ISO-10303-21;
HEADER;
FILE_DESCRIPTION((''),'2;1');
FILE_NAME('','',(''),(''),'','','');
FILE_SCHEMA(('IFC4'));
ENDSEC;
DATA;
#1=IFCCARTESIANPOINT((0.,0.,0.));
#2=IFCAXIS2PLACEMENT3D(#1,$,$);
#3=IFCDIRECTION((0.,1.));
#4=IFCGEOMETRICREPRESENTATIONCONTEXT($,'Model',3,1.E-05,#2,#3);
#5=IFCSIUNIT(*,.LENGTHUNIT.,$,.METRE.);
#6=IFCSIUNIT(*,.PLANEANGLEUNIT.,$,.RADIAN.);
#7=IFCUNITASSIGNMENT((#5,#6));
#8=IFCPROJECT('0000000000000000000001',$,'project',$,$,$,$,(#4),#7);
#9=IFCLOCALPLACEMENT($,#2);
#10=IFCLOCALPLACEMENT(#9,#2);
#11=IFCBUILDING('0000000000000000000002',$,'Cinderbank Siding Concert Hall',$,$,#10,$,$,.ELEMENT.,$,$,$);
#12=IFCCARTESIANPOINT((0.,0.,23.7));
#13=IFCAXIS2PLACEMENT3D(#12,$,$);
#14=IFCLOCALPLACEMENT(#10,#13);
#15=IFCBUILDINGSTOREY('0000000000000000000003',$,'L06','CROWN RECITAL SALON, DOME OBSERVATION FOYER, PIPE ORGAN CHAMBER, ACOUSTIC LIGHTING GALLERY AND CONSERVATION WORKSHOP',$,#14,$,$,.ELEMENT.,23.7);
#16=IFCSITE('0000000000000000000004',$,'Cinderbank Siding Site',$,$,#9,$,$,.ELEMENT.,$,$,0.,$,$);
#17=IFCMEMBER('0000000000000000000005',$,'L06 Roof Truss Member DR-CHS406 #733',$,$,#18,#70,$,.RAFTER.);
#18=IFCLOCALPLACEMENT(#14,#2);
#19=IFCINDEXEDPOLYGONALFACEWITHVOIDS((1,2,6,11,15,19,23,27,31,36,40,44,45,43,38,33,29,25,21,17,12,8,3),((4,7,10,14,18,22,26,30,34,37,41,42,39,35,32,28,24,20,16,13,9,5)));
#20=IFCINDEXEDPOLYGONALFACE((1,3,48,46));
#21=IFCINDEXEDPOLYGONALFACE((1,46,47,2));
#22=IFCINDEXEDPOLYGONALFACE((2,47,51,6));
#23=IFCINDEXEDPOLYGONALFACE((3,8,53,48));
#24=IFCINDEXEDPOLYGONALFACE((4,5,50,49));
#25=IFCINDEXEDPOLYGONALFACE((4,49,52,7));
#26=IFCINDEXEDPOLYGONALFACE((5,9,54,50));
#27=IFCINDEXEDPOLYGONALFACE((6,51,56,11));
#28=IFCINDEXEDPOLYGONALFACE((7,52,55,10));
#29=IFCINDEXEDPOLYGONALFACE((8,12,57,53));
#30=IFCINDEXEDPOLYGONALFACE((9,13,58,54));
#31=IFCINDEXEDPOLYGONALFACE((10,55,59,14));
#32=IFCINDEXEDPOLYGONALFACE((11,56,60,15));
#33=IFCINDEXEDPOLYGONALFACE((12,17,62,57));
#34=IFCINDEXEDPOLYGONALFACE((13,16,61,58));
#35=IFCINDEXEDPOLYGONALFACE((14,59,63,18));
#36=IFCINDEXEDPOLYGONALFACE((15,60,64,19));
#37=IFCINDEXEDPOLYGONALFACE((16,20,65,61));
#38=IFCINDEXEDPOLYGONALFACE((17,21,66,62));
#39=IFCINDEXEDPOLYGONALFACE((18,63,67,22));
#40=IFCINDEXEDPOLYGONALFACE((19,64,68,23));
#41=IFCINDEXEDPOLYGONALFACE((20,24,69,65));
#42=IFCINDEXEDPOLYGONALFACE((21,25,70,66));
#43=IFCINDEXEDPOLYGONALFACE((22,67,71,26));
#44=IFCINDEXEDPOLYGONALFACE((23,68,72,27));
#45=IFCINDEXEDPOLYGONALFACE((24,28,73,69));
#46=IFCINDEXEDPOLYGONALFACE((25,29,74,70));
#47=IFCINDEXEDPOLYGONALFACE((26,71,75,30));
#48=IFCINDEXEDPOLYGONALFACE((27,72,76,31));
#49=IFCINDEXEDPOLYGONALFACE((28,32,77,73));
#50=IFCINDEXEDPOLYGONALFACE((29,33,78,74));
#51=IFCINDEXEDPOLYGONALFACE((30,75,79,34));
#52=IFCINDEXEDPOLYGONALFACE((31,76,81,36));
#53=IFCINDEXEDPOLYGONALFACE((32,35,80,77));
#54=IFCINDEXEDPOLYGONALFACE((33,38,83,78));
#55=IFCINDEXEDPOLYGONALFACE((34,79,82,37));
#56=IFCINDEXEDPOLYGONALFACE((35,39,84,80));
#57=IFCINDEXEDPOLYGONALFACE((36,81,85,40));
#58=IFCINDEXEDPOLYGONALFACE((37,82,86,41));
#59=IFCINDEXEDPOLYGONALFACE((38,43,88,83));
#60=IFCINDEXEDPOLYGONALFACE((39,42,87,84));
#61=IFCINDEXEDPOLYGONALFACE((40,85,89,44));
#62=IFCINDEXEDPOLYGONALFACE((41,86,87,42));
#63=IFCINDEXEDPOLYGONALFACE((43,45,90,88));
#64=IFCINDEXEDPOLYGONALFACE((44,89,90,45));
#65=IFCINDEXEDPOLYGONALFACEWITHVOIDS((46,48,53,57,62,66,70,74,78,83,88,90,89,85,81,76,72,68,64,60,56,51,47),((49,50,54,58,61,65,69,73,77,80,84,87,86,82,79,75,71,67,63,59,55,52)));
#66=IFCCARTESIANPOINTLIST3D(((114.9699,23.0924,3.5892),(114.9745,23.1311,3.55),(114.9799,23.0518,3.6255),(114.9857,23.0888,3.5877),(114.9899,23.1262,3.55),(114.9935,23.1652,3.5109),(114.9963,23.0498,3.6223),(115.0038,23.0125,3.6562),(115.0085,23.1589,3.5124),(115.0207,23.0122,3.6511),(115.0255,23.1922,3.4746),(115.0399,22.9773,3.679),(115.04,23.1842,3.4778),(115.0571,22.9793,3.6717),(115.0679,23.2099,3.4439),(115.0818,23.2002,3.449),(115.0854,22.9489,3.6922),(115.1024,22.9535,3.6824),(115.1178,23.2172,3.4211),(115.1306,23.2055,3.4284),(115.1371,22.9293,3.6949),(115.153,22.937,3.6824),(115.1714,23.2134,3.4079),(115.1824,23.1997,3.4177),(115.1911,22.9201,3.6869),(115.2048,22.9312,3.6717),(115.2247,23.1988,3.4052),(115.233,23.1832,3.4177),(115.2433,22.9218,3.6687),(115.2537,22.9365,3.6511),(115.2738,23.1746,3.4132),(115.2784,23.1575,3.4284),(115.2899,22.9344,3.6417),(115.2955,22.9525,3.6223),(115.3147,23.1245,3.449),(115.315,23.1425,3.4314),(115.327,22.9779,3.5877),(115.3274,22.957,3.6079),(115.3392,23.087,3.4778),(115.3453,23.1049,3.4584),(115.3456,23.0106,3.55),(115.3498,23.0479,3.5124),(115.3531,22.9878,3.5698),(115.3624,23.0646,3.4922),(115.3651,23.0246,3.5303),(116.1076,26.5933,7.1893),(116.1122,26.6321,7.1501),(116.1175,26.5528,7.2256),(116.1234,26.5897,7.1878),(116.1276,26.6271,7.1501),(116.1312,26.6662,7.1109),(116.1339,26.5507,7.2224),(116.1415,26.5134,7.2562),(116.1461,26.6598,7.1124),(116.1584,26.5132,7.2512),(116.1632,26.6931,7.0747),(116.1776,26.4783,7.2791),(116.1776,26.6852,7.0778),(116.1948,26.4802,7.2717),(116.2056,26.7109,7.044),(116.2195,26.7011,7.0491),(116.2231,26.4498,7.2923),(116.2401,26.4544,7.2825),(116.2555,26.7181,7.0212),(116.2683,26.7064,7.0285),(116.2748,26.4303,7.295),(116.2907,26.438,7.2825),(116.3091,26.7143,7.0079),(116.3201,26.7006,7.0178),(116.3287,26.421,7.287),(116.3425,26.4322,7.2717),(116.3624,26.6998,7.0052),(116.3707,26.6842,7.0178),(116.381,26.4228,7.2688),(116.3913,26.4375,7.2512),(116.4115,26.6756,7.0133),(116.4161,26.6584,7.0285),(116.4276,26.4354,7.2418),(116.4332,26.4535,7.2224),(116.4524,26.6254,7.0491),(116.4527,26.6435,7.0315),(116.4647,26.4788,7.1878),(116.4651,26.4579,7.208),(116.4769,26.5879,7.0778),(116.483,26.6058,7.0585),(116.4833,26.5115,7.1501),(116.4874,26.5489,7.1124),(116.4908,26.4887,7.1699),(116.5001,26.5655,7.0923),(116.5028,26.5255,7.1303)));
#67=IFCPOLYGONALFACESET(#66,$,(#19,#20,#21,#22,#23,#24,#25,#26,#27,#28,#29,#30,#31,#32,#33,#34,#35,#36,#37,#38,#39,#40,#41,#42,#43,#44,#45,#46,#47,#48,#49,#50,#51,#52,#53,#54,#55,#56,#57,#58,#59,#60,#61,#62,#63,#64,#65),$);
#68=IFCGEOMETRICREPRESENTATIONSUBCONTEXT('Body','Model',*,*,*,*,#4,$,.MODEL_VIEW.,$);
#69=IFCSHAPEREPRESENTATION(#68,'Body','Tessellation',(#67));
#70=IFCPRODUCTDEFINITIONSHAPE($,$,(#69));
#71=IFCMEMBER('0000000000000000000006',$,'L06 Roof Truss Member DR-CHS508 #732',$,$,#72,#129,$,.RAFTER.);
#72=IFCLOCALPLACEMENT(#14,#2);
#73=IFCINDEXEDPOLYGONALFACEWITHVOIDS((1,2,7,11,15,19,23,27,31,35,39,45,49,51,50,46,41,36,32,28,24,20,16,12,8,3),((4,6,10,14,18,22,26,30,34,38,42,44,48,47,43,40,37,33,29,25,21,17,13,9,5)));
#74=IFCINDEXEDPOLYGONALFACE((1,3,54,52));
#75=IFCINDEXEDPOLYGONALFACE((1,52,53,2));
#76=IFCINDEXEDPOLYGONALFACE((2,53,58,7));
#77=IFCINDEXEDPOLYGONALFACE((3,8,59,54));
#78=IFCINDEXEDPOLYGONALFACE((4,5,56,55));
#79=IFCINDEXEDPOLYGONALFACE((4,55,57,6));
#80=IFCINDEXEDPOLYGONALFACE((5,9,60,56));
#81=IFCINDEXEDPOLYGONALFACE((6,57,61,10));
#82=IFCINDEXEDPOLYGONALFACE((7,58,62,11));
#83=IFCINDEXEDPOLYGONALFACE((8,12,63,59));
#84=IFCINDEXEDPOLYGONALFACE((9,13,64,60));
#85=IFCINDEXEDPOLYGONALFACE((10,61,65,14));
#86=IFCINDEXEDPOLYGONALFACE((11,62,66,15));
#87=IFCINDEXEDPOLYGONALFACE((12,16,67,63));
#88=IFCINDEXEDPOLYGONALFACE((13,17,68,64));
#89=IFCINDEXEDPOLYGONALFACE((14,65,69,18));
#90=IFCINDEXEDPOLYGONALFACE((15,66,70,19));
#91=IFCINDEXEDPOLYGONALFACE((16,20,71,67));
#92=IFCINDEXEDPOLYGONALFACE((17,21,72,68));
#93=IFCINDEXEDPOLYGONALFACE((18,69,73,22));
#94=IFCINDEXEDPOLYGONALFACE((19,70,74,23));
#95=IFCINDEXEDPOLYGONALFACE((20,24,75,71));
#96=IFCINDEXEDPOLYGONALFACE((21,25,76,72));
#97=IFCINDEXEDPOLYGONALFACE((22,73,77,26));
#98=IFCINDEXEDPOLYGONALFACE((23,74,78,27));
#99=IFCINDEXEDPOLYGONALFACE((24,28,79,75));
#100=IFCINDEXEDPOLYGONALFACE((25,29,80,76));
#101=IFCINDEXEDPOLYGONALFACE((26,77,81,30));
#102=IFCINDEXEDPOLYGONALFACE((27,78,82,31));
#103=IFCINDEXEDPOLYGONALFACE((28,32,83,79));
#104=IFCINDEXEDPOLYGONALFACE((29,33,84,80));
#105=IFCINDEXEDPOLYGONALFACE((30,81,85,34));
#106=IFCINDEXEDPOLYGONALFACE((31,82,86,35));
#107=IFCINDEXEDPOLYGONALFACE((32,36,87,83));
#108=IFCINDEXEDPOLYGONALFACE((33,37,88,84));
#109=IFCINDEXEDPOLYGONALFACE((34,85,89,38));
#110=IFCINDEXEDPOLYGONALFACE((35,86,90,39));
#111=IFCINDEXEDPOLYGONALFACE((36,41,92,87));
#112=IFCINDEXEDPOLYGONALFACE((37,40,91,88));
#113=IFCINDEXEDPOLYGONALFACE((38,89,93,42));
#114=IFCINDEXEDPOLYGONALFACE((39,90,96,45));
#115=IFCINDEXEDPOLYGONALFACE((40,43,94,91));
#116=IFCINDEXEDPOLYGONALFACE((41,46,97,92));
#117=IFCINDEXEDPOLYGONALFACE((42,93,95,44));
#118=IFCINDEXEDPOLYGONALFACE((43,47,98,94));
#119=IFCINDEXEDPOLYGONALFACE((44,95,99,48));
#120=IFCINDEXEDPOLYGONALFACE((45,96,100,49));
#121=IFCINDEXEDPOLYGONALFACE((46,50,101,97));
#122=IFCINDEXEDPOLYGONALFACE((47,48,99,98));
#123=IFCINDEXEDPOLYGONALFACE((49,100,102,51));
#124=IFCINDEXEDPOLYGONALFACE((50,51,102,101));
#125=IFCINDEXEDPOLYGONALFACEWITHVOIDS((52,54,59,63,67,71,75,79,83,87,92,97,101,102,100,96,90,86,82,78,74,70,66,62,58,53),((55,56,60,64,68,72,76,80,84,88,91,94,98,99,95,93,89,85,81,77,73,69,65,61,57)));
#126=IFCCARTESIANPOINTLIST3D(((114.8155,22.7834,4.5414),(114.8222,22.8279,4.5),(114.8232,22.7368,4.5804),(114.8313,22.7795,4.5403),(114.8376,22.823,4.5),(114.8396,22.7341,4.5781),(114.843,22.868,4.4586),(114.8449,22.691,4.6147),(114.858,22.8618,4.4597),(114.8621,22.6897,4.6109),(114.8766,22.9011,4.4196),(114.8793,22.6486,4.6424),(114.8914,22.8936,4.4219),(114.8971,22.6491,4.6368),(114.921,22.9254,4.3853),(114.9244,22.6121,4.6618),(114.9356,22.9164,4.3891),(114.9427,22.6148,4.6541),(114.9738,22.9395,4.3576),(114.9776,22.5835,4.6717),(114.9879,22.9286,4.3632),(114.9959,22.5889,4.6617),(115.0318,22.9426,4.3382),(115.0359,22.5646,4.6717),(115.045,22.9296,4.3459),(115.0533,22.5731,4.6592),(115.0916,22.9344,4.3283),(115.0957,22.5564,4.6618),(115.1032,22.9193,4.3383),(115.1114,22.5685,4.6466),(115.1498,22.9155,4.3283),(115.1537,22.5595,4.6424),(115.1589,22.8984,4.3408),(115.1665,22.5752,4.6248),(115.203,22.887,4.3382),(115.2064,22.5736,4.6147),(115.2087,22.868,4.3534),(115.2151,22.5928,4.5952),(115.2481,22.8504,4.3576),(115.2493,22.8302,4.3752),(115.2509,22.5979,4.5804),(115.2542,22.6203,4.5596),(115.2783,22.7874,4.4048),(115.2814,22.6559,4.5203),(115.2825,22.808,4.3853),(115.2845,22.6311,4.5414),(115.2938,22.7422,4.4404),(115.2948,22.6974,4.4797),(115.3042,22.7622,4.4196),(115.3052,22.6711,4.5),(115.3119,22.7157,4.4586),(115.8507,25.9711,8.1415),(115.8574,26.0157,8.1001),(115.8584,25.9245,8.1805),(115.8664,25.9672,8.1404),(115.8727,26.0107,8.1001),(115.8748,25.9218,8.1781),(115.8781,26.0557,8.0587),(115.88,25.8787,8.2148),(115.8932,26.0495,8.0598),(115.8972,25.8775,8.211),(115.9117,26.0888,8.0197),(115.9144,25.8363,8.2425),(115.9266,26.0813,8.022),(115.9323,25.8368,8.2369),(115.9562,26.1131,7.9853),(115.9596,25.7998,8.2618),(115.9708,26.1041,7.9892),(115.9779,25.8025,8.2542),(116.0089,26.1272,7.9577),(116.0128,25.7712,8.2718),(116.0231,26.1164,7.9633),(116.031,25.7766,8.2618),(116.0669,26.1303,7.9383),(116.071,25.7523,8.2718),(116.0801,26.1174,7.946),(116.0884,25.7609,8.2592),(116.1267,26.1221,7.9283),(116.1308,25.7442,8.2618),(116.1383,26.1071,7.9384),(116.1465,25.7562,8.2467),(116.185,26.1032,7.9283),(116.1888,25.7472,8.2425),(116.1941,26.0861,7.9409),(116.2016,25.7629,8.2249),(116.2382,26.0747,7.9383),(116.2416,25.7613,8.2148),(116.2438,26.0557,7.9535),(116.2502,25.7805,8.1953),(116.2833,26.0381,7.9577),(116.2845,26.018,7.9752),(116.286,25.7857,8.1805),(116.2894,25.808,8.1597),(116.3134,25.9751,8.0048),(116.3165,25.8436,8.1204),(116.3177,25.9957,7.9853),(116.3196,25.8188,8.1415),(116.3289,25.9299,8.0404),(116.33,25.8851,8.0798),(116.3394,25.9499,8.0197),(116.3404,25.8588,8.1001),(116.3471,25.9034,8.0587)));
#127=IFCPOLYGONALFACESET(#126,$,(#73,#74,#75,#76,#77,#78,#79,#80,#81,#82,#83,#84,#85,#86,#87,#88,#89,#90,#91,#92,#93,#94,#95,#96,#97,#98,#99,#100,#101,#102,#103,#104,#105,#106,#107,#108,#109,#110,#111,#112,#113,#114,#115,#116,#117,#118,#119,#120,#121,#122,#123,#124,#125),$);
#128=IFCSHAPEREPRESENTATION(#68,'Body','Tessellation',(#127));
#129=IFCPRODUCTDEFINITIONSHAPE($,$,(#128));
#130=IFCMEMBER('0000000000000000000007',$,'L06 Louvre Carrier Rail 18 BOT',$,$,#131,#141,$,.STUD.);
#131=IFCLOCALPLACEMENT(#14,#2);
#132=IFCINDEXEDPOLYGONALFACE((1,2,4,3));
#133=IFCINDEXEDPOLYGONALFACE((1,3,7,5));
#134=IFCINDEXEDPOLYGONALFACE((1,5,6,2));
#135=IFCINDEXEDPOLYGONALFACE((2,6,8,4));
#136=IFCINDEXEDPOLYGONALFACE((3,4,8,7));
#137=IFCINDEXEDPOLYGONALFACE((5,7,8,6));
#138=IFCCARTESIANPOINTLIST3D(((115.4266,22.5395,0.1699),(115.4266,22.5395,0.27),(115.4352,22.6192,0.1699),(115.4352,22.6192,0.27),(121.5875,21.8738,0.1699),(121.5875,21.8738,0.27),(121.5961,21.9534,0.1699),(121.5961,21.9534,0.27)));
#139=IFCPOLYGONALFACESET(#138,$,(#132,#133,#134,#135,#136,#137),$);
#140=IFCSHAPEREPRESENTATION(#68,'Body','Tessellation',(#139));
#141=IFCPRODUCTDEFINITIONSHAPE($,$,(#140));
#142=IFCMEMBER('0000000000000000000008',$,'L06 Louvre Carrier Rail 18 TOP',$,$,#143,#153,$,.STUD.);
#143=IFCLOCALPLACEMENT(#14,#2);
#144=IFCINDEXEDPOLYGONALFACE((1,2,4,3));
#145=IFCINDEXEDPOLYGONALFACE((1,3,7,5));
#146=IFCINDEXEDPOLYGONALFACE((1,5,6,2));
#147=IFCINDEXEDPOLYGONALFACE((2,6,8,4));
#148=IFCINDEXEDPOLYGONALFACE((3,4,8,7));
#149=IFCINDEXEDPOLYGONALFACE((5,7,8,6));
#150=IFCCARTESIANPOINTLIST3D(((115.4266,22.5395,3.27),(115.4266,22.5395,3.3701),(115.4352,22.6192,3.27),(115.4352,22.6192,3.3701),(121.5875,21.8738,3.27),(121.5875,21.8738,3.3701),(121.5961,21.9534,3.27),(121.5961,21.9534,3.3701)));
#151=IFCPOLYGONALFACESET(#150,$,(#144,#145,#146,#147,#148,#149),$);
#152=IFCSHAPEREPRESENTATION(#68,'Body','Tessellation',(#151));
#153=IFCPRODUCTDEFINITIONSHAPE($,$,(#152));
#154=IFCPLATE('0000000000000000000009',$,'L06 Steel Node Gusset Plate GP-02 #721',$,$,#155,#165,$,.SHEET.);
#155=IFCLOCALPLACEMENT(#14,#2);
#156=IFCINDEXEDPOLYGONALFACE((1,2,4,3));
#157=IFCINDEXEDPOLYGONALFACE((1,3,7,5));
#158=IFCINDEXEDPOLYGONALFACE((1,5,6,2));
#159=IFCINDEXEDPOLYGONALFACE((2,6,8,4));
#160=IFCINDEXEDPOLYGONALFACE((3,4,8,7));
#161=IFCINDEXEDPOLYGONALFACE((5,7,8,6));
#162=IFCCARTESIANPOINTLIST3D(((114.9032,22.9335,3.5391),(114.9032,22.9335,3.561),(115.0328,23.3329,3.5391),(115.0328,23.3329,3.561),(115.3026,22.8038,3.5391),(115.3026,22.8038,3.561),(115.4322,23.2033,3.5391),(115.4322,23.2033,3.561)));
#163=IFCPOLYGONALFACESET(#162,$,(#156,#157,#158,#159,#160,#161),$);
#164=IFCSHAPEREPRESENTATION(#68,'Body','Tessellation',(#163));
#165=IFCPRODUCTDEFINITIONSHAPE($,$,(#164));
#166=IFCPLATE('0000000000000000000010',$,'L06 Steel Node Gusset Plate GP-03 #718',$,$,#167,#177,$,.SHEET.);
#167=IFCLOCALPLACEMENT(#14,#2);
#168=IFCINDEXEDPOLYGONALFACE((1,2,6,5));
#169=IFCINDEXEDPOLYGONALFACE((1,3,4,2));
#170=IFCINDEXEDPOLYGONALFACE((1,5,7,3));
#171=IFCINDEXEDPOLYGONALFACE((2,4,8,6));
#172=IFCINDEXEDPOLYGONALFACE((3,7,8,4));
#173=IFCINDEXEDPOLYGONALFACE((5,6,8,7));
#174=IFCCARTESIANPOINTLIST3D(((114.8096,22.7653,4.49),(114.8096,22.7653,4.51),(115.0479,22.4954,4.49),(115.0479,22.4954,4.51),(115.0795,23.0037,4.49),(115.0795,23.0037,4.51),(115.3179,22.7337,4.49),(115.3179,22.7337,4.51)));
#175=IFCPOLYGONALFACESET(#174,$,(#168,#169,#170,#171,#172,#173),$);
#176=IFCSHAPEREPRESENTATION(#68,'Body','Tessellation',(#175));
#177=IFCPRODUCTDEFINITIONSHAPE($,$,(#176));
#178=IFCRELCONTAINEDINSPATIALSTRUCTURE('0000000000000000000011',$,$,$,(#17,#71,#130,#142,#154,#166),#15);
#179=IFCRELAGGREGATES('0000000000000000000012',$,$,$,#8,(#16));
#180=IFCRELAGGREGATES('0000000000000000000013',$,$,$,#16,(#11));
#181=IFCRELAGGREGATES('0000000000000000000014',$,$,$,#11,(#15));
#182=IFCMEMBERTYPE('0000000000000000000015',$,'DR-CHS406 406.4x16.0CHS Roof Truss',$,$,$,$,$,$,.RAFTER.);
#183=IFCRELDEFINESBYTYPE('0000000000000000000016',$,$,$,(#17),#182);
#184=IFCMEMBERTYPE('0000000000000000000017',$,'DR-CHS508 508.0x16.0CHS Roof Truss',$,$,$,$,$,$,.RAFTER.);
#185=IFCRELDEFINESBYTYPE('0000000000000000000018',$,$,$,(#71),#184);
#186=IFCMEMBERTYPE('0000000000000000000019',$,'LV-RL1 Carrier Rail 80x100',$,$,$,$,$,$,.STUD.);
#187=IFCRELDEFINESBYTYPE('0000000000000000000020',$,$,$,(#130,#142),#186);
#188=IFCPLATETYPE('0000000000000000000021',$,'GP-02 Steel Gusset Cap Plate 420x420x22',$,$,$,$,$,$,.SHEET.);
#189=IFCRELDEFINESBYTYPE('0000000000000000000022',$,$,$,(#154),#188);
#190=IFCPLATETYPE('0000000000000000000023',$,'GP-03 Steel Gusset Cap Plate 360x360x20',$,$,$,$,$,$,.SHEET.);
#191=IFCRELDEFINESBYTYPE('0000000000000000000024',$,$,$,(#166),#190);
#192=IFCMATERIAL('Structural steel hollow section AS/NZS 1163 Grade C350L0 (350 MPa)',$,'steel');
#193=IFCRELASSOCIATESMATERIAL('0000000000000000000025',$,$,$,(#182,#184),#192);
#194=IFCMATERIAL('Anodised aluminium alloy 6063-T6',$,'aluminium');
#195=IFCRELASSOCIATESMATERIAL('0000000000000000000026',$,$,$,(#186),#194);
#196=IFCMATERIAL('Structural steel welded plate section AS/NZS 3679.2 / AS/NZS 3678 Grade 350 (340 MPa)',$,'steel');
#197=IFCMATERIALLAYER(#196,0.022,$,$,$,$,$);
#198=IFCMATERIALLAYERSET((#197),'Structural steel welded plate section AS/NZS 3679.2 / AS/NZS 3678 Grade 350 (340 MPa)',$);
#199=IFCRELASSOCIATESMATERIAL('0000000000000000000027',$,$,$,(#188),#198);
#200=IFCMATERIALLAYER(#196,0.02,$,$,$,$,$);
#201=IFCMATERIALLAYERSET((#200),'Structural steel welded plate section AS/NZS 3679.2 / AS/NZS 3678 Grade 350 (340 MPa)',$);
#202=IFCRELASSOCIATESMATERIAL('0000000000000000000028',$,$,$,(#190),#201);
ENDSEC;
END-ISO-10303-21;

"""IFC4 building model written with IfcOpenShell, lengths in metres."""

from ifc_helpers import new_model, si_unit, direction, frame, origin, origin_2d, place, context, subcontext, project, spatial, rectangle, hollow_circle, extrude, material, layer, layer_set, material_profile, profile_set, type_object, element, save


model = new_model("IFC4")

# Units and contexts
model_context = context("Model", 3, precision=1e-05, world=origin(), true_north=direction((0.0, 1.0)))
body_context = subcontext(model_context, "Body", "Model", "MODEL_VIEW")
ifc_project = project(units=[si_unit("LENGTHUNIT", "METRE"), si_unit("PLANEANGLEUNIT", "RADIAN")], contexts=[model_context])

# Site, building, storey
site_placement = place(None, origin())
site = spatial("IfcSite", under=ifc_project, at=site_placement, Name="Cinderbank Siding Site", CompositionType="ELEMENT", RefElevation=0.0)
building_placement = place(site_placement, origin())
building = spatial("IfcBuilding", under=site, at=building_placement, Name="Cinderbank Siding Concert Hall", CompositionType="ELEMENT")
storey_placement = place(building_placement, frame((0.0, 0.0, 23.7)))
storey = spatial("IfcBuildingStorey", under=building, at=storey_placement, Name="L06", Description="CROWN RECITAL SALON, DOME OBSERVATION FOYER, PIPE ORGAN CHAMBER, ACOUSTIC LIGHTING GALLERY AND CONSERVATION WORKSHOP", CompositionType="ELEMENT", Elevation=23.7)

# Shared definitions
ifc_material_1 = material(Name="Structural steel welded plate section AS/NZS 3679.2 / AS/NZS 3678 Grade 350 (340 MPa)", Category="steel")

# Members
ifc_material_2 = material(Name="Structural steel hollow section AS/NZS 1163 Grade C350L0 (350 MPa)", Category="steel")
ifc_material_profile_1 = material_profile(ifc_material_2, hollow_circle(Radius=0.2031, WallThickness=0.0161, at=origin_2d()), Name="406.4x16.0CHS", Category="LoadBearing")
ifc_profile_set_1 = profile_set([ifc_material_profile_1], Name="Structural steel hollow section AS/NZS 1163 Grade C350L0 (350 MPa)")
member_type_1 = type_object("IfcMemberType", Name="DR-CHS406 406.4x16.0CHS Roof Truss", PredefinedType="RAFTER", material=ifc_profile_set_1)
member_1_placement = place(storey_placement, frame((115.1677, 23.0684, 3.55), z_axis=(0.220956, 0.679937, 0.699188), x_axis=(-0.951044, 0.309056, 0.0)))
element("IfcMember", 1, at=member_1_placement, inside=storey, type_object=member_type_1, Name="L06 Roof Truss Member DR-CHS406 #733", PredefinedType="RAFTER", context=body_context, shape_type="SweptSolid", body=[
    extrude(hollow_circle(Radius=0.2031, WallThickness=0.0161, at=origin_2d()), origin(), (0.0, 0.0, 1.0), 5.1489),
])
ifc_material_profile_2 = material_profile(ifc_material_2, hollow_circle(Radius=0.2539, WallThickness=0.0161, at=origin_2d()), Name="508.0x16.0CHS", Category="LoadBearing")
ifc_profile_set_2 = profile_set([ifc_material_profile_2], Name="Structural steel hollow section AS/NZS 1163 Grade C350L0 (350 MPa)")
member_type_2 = type_object("IfcMemberType", Name="DR-CHS508 508.0x16.0CHS Roof Truss", PredefinedType="RAFTER", material=ifc_profile_set_2)
member_2_placement = place(storey_placement, frame((115.0637, 22.7495, 4.5), z_axis=(0.210452, 0.648082, 0.731915), x_axis=(-0.95111, 0.308854, 0.0)))
element("IfcMember", 2, at=member_2_placement, inside=storey, type_object=member_type_2, Name="L06 Roof Truss Member DR-CHS508 #732", PredefinedType="RAFTER", context=body_context, shape_type="SweptSolid", body=[
    extrude(hollow_circle(Radius=0.2539, WallThickness=0.0161, at=origin_2d()), origin(), (0.0, 0.0, 1.0), 4.9187),
])
ifc_material_3 = material(Name="Anodised aluminium alloy 6063-T6", Category="aluminium")
ifc_material_profile_3 = material_profile(ifc_material_3, rectangle(XDim=0.0801, YDim=0.1001, at=origin_2d()), Name="ALU-RAIL-80x100", Category="LoadBearing")
ifc_profile_set_3 = profile_set([ifc_material_profile_3], Name="Anodised aluminium alloy 6063-T6")
member_type_3 = type_object("IfcMemberType", Name="LV-RL1 Carrier Rail 80x100", PredefinedType="STUD", material=ifc_profile_set_3)
for number, where, z_axis, x_axis, name in (
    (3, (115.4309, 22.5793, 0.22), (0.994212, -0.107439, 0.0), (0.107439, 0.994212, 0.0), "L06 Louvre Carrier Rail 18 BOT"),
    (4, (115.4309, 22.5793, 3.3201), (0.994212, -0.107439, 0.0), (0.107439, 0.994212, 0.0), "L06 Louvre Carrier Rail 18 TOP"),
):
    element("IfcMember", number, at=place(storey_placement, frame(where, z_axis=z_axis, x_axis=x_axis)), inside=storey, type_object=member_type_3, Name=name, PredefinedType="STUD", context=body_context, shape_type="SweptSolid", body=[
        extrude(rectangle(XDim=0.0801, YDim=0.1001, at=origin_2d()), origin(), (0.0, 0.0, 1.0), 6.1968),
    ])

# Plates
ifc_layer_1 = layer(ifc_material_1, 0.022)
ifc_layer_set_1 = layer_set([ifc_layer_1], Name="Structural steel welded plate section AS/NZS 3679.2 / AS/NZS 3678 Grade 350 (340 MPa)")
plate_type_1 = type_object("IfcPlateType", Name="GP-02 Steel Gusset Cap Plate 420x420x22", PredefinedType="SHEET", material=ifc_layer_set_1)
plate_1_placement = place(storey_placement, frame((115.1677, 23.0684, 3.5391), z_axis=(0.0, 0.0, 1.0), x_axis=(0.308685, 0.951164, 0.0)))
element("IfcPlate", 5, at=plate_1_placement, inside=storey, type_object=plate_type_1, Name="L06 Steel Node Gusset Plate GP-02 #721", PredefinedType="SHEET", context=body_context, shape_type="SweptSolid", body=[
    extrude(rectangle(XDim=0.4199, YDim=0.4199, at=origin_2d()), origin(), (0.0, 0.0, 1.0), 0.022),
])
ifc_layer_2 = layer(ifc_material_1, 0.02)
ifc_layer_set_2 = layer_set([ifc_layer_2], Name="Structural steel welded plate section AS/NZS 3679.2 / AS/NZS 3678 Grade 350 (340 MPa)")
plate_type_2 = type_object("IfcPlateType", Name="GP-03 Steel Gusset Cap Plate 360x360x20", PredefinedType="SHEET", material=ifc_layer_set_2)
plate_2_placement = place(storey_placement, frame((115.0637, 22.7495, 4.49), z_axis=(0.0, 0.0, 1.0), x_axis=(-0.661835, 0.749649, 0.0)))
element("IfcPlate", 6, at=plate_2_placement, inside=storey, type_object=plate_type_2, Name="L06 Steel Node Gusset Plate GP-03 #718", PredefinedType="SHEET", context=body_context, shape_type="SweptSolid", body=[
    extrude(rectangle(XDim=0.3601, YDim=0.3601, at=origin_2d()), origin(), (0.0, 0.0, 1.0), 0.02),
])

save(model, "model.ifc")
